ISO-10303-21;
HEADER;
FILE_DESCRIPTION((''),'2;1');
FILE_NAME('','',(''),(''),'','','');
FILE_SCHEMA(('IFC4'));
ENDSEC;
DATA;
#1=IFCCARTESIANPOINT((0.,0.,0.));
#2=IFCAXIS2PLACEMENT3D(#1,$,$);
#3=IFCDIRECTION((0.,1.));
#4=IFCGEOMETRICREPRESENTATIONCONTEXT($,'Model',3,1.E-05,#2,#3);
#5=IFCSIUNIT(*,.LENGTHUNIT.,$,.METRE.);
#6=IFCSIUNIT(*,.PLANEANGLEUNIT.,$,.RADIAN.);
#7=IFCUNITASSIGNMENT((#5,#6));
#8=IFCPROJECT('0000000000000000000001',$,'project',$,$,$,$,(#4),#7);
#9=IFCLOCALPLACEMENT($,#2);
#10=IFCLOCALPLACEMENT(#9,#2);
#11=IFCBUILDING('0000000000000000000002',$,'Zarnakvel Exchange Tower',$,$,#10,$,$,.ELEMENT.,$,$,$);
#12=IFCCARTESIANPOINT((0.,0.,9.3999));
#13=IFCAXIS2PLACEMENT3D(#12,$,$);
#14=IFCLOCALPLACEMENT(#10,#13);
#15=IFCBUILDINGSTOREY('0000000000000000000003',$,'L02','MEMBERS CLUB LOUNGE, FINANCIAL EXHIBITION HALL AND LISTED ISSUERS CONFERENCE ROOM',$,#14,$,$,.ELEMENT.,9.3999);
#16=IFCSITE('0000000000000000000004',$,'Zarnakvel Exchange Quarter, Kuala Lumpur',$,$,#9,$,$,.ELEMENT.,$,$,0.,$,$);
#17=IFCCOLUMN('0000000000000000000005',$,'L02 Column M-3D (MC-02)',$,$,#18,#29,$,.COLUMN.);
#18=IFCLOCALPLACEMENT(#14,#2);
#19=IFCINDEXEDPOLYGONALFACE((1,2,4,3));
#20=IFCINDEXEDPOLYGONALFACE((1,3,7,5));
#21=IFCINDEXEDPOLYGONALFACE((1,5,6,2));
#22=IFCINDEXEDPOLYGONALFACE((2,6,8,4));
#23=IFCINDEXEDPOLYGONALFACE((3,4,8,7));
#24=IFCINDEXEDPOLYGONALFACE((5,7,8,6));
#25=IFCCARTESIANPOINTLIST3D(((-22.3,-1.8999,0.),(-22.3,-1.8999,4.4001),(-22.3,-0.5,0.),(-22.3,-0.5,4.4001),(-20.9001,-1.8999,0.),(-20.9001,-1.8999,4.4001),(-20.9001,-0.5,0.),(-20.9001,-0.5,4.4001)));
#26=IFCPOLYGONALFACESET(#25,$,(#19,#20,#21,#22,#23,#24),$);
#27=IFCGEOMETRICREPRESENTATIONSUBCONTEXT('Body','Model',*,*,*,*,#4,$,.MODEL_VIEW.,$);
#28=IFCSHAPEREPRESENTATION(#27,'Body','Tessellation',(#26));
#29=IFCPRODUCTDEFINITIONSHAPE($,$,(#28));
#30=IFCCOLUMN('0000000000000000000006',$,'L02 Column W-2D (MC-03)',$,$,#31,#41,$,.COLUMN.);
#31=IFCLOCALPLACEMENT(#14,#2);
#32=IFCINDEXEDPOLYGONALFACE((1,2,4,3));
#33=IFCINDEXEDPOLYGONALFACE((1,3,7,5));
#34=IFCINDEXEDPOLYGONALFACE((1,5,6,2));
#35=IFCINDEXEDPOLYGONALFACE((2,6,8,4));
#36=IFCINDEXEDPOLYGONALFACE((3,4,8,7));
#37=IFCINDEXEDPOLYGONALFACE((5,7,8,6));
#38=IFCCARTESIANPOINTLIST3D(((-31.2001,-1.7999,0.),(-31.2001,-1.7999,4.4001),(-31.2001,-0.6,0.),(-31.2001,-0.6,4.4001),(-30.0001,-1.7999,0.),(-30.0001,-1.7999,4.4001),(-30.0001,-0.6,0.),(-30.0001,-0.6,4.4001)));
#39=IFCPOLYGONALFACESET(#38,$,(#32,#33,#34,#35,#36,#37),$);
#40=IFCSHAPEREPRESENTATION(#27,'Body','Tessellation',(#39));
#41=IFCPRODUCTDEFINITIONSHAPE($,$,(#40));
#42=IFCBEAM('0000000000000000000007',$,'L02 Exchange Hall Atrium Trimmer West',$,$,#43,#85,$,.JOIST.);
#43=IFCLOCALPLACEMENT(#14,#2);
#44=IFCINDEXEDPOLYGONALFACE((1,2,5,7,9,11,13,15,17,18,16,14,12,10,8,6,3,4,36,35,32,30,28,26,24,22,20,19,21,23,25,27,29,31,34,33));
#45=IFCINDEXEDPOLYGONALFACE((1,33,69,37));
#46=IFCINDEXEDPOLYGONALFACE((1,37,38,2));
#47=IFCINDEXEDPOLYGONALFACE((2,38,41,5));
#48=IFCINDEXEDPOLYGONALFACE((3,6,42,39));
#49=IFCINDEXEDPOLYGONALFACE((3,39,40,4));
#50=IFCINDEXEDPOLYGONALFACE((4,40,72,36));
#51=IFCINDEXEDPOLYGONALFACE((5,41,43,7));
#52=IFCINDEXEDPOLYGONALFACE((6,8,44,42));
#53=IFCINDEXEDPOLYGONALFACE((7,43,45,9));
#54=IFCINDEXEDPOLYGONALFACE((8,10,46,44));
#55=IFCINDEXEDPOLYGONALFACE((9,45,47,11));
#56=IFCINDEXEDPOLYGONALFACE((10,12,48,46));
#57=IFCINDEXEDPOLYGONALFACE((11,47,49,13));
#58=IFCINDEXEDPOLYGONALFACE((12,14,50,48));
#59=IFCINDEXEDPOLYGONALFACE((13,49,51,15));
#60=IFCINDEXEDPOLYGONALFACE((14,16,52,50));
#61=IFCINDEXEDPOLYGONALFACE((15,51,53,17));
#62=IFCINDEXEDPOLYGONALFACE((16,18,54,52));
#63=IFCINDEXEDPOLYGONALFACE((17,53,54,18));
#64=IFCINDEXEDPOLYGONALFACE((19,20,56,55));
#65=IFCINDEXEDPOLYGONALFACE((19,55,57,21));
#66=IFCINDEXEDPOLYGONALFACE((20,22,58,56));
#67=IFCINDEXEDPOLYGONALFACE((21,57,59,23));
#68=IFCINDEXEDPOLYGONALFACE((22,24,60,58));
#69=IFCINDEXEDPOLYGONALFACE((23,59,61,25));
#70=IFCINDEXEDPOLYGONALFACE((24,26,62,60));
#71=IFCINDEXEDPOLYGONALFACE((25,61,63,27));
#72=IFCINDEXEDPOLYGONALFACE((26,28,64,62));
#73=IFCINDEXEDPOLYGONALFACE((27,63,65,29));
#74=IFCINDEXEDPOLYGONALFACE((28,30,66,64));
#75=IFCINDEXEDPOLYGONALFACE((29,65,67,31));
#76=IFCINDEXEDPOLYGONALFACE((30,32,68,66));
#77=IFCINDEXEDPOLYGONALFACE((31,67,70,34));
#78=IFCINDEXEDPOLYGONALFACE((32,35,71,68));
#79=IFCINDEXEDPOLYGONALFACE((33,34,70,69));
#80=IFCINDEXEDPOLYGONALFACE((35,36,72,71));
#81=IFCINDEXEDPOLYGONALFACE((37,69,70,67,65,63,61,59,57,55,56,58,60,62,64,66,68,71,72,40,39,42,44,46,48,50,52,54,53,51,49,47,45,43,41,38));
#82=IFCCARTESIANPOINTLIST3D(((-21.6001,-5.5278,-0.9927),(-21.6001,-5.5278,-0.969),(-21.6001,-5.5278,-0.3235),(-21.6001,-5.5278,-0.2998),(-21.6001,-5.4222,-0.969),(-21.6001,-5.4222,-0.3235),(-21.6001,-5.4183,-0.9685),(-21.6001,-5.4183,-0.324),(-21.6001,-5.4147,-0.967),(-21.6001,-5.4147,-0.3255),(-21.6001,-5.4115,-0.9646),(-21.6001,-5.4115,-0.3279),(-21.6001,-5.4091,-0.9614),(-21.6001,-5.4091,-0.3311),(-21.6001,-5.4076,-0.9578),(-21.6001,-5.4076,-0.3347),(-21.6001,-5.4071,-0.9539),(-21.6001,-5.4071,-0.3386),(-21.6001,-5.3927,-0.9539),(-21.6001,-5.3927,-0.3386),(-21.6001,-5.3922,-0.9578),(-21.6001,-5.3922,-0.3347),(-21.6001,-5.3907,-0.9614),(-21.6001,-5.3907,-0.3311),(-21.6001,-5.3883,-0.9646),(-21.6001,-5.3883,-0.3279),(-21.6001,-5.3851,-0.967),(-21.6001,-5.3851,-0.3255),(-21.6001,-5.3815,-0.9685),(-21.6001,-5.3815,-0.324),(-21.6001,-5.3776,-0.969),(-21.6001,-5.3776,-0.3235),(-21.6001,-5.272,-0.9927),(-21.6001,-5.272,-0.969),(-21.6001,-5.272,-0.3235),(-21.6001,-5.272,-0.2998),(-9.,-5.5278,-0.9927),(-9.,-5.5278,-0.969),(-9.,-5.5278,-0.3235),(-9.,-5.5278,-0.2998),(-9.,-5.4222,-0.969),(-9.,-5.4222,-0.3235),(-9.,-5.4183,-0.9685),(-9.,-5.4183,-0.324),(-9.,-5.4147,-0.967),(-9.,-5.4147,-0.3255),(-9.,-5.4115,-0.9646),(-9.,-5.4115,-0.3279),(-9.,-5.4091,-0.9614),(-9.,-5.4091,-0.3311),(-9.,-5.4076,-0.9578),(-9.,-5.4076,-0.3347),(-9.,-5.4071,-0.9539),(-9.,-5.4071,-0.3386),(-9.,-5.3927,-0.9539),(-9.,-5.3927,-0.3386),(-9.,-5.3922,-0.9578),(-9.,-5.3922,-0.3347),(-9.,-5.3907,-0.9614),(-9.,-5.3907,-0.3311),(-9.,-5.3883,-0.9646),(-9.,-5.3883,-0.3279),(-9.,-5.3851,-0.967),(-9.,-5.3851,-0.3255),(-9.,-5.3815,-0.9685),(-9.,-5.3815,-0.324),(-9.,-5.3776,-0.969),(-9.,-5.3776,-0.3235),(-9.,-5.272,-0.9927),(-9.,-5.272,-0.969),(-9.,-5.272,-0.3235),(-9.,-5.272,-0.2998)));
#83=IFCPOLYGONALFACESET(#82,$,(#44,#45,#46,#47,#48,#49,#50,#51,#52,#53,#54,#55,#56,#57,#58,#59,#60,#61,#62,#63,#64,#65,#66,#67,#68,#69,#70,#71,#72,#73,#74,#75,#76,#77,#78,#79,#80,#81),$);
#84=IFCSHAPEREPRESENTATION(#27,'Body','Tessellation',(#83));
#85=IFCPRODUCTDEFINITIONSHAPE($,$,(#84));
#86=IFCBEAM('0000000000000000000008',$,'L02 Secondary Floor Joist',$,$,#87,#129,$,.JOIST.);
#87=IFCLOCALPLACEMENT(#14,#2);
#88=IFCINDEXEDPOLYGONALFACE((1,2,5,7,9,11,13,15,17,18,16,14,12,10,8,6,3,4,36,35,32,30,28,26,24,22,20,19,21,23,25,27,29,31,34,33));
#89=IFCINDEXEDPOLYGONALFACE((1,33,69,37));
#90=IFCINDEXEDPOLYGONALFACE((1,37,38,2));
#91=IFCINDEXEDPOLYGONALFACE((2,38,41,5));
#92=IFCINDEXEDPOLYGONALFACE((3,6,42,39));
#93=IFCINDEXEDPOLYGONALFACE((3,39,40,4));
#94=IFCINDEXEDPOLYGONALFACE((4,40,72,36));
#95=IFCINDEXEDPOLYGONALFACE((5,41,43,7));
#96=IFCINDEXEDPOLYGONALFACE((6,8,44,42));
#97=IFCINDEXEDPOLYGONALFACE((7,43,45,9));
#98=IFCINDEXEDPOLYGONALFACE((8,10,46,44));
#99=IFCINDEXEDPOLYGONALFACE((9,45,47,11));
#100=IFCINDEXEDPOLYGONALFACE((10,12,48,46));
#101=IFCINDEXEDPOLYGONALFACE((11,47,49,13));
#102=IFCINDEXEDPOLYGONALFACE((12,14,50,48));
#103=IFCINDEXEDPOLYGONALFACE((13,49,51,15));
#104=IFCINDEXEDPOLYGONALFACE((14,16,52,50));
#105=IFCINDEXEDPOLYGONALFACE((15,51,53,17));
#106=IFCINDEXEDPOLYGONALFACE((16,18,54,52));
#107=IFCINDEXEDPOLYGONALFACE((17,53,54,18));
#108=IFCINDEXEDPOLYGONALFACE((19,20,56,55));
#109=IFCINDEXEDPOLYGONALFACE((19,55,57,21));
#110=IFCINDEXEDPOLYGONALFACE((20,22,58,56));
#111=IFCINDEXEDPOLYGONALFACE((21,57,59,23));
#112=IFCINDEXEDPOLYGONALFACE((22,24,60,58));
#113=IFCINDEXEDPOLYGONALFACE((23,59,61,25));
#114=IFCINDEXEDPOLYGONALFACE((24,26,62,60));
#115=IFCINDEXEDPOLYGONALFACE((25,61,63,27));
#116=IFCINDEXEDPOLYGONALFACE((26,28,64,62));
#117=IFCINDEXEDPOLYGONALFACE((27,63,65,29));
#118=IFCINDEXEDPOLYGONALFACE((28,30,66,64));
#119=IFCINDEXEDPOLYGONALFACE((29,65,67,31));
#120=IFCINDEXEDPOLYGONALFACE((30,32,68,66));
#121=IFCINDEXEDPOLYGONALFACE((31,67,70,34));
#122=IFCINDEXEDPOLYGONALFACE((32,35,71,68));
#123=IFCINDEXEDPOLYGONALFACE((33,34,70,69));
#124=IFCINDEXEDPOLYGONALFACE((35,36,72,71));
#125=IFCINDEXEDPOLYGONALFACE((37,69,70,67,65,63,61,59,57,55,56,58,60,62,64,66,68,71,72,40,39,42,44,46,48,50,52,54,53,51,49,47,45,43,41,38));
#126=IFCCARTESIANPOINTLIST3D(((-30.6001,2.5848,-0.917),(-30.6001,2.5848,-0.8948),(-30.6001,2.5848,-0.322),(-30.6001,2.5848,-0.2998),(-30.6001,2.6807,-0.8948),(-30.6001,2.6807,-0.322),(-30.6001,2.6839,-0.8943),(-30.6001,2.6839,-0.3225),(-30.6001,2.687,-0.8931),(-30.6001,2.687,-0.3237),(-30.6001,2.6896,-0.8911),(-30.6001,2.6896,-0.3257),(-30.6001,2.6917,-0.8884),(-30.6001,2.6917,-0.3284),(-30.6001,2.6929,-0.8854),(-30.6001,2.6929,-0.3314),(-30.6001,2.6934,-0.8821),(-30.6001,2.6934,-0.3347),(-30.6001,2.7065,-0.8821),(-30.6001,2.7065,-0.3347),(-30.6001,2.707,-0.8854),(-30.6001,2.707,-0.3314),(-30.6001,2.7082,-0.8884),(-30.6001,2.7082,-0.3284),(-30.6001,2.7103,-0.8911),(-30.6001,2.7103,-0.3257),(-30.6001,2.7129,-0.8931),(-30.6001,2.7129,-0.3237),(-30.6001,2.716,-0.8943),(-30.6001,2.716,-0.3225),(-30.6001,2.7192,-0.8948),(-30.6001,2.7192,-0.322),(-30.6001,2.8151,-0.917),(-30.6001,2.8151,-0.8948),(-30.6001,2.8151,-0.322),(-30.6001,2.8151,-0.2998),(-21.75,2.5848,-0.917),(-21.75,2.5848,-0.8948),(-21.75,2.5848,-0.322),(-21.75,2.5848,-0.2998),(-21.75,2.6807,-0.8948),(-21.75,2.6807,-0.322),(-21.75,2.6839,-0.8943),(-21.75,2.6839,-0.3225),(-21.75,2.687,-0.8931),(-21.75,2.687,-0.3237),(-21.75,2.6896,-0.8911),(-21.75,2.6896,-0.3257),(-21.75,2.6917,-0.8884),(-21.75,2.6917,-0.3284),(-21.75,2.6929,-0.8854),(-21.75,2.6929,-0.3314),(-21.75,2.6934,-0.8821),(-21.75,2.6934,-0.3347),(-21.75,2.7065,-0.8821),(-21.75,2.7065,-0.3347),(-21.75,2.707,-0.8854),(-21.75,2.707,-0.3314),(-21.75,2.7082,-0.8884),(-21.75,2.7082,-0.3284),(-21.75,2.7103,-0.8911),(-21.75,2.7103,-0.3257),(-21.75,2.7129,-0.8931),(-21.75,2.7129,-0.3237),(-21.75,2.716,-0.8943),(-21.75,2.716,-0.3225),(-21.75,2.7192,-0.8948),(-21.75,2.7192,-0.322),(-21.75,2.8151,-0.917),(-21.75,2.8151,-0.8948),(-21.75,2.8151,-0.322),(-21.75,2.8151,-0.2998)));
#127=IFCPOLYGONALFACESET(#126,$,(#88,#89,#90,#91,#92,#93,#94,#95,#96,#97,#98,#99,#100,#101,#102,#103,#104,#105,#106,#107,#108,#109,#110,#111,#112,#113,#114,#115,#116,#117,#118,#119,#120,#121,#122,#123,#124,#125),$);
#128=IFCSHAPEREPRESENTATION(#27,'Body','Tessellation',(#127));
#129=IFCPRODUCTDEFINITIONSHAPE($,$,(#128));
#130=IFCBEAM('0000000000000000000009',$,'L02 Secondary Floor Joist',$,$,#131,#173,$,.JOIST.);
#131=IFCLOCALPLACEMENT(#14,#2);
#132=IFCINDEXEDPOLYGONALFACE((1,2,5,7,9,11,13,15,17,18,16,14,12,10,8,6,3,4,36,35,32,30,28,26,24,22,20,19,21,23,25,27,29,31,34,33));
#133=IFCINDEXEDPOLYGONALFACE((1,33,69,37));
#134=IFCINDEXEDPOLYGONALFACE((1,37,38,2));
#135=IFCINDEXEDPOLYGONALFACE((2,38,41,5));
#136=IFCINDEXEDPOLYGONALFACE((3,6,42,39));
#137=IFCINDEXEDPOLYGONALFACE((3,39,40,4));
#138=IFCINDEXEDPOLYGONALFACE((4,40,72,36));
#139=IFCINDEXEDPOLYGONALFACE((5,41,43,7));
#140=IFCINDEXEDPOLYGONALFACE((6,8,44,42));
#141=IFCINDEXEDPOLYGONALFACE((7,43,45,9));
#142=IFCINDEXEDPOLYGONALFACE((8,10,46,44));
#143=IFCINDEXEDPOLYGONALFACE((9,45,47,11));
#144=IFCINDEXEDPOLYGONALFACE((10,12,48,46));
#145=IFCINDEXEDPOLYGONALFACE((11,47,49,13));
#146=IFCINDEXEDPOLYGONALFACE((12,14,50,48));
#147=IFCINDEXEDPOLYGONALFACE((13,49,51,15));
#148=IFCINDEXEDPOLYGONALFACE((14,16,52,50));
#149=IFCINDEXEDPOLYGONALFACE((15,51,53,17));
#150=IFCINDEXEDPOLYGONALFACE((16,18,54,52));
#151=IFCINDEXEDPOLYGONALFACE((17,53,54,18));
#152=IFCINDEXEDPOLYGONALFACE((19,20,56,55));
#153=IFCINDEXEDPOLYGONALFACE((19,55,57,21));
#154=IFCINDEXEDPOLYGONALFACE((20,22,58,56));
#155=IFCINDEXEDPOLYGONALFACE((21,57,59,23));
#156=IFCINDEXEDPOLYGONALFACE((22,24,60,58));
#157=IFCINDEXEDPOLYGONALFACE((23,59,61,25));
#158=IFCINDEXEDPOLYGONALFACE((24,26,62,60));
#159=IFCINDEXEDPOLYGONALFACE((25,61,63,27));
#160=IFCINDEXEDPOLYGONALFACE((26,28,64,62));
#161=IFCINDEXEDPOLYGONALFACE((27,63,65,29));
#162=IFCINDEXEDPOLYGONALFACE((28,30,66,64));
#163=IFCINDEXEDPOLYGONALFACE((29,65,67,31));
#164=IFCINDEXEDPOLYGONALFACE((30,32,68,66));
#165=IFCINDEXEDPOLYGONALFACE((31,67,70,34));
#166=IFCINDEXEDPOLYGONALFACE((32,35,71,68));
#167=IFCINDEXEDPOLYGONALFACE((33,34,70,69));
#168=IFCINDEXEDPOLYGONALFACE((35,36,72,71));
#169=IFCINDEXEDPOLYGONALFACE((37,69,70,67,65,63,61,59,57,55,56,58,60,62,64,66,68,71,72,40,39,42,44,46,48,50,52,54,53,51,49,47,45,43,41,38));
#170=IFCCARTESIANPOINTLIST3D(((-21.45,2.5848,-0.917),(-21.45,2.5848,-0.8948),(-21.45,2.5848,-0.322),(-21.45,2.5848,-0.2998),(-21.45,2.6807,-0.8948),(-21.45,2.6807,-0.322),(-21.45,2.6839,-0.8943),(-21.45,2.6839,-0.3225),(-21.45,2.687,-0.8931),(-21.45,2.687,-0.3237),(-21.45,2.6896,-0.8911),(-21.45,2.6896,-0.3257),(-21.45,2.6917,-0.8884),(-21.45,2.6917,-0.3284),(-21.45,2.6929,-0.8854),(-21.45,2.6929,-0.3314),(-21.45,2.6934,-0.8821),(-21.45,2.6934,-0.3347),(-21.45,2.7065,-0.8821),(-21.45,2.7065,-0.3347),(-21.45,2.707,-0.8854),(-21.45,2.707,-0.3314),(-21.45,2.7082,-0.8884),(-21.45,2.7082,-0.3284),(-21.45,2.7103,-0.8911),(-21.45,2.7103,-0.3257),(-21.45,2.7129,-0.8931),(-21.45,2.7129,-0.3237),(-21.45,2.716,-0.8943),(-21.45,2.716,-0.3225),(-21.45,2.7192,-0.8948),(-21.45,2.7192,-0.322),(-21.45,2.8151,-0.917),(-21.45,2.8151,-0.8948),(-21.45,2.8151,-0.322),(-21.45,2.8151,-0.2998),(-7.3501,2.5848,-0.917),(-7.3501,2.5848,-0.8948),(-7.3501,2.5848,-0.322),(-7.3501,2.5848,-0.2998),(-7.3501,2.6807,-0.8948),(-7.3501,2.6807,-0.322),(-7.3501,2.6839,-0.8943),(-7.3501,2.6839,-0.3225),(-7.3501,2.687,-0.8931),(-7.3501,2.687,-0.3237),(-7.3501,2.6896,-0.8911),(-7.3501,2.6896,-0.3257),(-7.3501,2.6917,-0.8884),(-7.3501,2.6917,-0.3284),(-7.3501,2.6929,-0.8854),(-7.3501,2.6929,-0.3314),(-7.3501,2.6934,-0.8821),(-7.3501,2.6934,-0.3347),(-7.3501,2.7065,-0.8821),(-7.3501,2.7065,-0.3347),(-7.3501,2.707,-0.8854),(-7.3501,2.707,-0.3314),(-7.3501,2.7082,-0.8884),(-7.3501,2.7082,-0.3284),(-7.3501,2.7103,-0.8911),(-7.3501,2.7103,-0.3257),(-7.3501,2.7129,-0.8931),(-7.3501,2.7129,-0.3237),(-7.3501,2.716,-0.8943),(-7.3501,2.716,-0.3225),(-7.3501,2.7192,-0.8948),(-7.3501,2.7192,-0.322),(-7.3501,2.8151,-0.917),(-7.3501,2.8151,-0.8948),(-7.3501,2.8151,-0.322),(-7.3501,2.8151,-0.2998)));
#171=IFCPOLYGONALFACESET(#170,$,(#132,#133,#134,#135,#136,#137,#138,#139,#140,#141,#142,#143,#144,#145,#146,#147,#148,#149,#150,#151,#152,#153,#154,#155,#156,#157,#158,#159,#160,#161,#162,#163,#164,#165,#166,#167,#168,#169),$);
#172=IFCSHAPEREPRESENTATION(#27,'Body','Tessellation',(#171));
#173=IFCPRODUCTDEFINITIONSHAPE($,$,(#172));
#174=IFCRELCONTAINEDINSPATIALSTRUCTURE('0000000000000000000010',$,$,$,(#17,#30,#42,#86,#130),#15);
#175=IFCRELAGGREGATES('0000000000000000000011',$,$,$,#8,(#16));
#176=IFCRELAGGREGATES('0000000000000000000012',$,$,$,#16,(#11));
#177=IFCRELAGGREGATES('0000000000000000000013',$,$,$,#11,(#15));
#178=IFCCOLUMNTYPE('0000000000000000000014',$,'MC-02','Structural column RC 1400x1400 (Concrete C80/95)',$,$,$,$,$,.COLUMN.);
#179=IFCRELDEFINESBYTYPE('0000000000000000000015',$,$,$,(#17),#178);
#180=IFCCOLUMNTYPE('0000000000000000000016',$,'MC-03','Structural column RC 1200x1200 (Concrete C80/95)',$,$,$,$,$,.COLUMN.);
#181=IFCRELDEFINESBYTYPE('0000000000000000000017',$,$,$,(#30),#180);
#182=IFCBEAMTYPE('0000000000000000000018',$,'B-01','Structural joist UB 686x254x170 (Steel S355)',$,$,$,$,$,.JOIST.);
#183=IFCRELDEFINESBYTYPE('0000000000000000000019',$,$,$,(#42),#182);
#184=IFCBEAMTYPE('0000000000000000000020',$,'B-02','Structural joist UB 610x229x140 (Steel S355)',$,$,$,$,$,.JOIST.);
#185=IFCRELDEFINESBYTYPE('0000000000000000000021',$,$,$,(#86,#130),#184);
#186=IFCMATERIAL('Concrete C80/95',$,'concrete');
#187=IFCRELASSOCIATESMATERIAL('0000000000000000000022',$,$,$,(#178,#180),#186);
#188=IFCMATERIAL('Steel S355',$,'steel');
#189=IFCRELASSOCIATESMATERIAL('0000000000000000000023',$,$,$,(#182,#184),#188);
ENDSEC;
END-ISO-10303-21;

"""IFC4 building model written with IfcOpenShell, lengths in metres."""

from ifc_helpers import new_model, si_unit, direction, frame, origin, origin_2d, place, context, subcontext, project, spatial, rectangle, i_section, extrude, material, material_profile, profile_set, type_object, element, save


model = new_model("IFC4")

# Units and contexts
model_context = context("Model", 3, precision=1e-05, world=origin(), true_north=direction((0.0, 1.0)))
body_context = subcontext(model_context, "Body", "Model", "MODEL_VIEW")
ifc_project = project(units=[si_unit("LENGTHUNIT", "METRE"), si_unit("PLANEANGLEUNIT", "RADIAN")], contexts=[model_context])

# Site, building, storey
site_placement = place(None, origin())
site = spatial("IfcSite", under=ifc_project, at=site_placement, Name="Zarnakvel Exchange Quarter, Kuala Lumpur", CompositionType="ELEMENT", RefElevation=0.0)
building_placement = place(site_placement, origin())
building = spatial("IfcBuilding", under=site, at=building_placement, Name="Zarnakvel Exchange Tower", CompositionType="ELEMENT")
storey_placement = place(building_placement, frame((0.0, 0.0, 9.3999)))
storey = spatial("IfcBuildingStorey", under=building, at=storey_placement, Name="L02", Description="MEMBERS CLUB LOUNGE, FINANCIAL EXHIBITION HALL AND LISTED ISSUERS CONFERENCE ROOM", CompositionType="ELEMENT", Elevation=9.3999)

# Columns
ifc_material_1 = material(Name="Concrete C80/95", Category="concrete")
ifc_material_profile_1 = material_profile(ifc_material_1, rectangle(XDim=1.3999, YDim=1.3999, at=origin_2d()))
ifc_profile_set_1 = profile_set([ifc_material_profile_1], Name="Concrete C80/95")
column_type_1 = type_object("IfcColumnType", Name="MC-02", Description="Structural column RC 1400x1400 (Concrete C80/95)", PredefinedType="COLUMN", material=ifc_profile_set_1)
column_1_placement = place(storey_placement, frame((-21.6001, -1.2, 0.0), z_axis=(0.0, 0.0, 1.0), x_axis=(1.0, 0.0, 0.0)))
element("IfcColumn", 1, at=column_1_placement, inside=storey, type_object=column_type_1, Name="L02 Column M-3D (MC-02)", PredefinedType="COLUMN", context=body_context, shape_type="SweptSolid", body=[
    extrude(rectangle(XDim=1.3999, YDim=1.3999, at=origin_2d()), origin(), (0.0, 0.0, 1.0), 4.4001),
])
ifc_material_profile_2 = material_profile(ifc_material_1, rectangle(XDim=1.2, YDim=1.2, at=origin_2d()))
ifc_profile_set_2 = profile_set([ifc_material_profile_2], Name="Concrete C80/95")
column_type_2 = type_object("IfcColumnType", Name="MC-03", Description="Structural column RC 1200x1200 (Concrete C80/95)", PredefinedType="COLUMN", material=ifc_profile_set_2)
column_2_placement = place(storey_placement, frame((-30.6001, -1.2, 0.0), z_axis=(0.0, 0.0, 1.0), x_axis=(1.0, 0.0, 0.0)))
element("IfcColumn", 2, at=column_2_placement, inside=storey, type_object=column_type_2, Name="L02 Column W-2D (MC-03)", PredefinedType="COLUMN", context=body_context, shape_type="SweptSolid", body=[
    extrude(rectangle(XDim=1.2, YDim=1.2, at=origin_2d()), origin(), (0.0, 0.0, 1.0), 4.4001),
])

# Beams
ifc_material_2 = material(Name="Steel S355", Category="steel")
ifc_material_profile_3 = material_profile(ifc_material_2, i_section(OverallWidth=0.2559, OverallDepth=0.6929, WebThickness=0.0144, FlangeThickness=0.0237, FilletRadius=0.0151, at=origin_2d()))
ifc_profile_set_3 = profile_set([ifc_material_profile_3], Name="Steel S355")
beam_type_1 = type_object("IfcBeamType", Name="B-01", Description="Structural joist UB 686x254x170 (Steel S355)", PredefinedType="JOIST", material=ifc_profile_set_3)
beam_1_placement = place(storey_placement, frame((-21.6001, -5.3999, -0.6462), z_axis=(1.0, 0.0, 0.0), x_axis=(0.0, 1.0, 0.0)))
element("IfcBeam", 3, at=beam_1_placement, inside=storey, type_object=beam_type_1, Name="L02 Exchange Hall Atrium Trimmer West", PredefinedType="JOIST", context=body_context, shape_type="SweptSolid", body=[
    extrude(i_section(OverallWidth=0.2559, OverallDepth=0.6929, WebThickness=0.0144, FlangeThickness=0.0237, FilletRadius=0.0151, at=origin_2d()), origin(), (0.0, 0.0, 1.0), 12.6001),
])
ifc_material_profile_4 = material_profile(ifc_material_2, i_section(OverallWidth=0.2302, OverallDepth=0.6172, WebThickness=0.0132, FlangeThickness=0.0222, FilletRadius=0.0127, at=origin_2d()))
ifc_profile_set_4 = profile_set([ifc_material_profile_4], Name="Steel S355")
beam_type_2 = type_object("IfcBeamType", Name="B-02", Description="Structural joist UB 610x229x140 (Steel S355)", PredefinedType="JOIST", material=ifc_profile_set_4)
beam_2_placement = place(storey_placement, frame((-30.6001, 2.7, -0.6084), z_axis=(1.0, 0.0, 0.0), x_axis=(0.0, 1.0, 0.0)))
element("IfcBeam", 4, at=beam_2_placement, inside=storey, type_object=beam_type_2, Name="L02 Secondary Floor Joist", PredefinedType="JOIST", context=body_context, shape_type="SweptSolid", body=[
    extrude(i_section(OverallWidth=0.2302, OverallDepth=0.6172, WebThickness=0.0132, FlangeThickness=0.0222, FilletRadius=0.0127, at=origin_2d()), origin(), (0.0, 0.0, 1.0), 8.8501),
])
beam_3_placement = place(storey_placement, frame((-21.45, 2.7, -0.6084), z_axis=(1.0, 0.0, 0.0), x_axis=(0.0, 1.0, 0.0)))
element("IfcBeam", 5, at=beam_3_placement, inside=storey, type_object=beam_type_2, Name="L02 Secondary Floor Joist", PredefinedType="JOIST", context=body_context, shape_type="SweptSolid", body=[
    extrude(i_section(OverallWidth=0.2302, OverallDepth=0.6172, WebThickness=0.0132, FlangeThickness=0.0222, FilletRadius=0.0127, at=origin_2d()), origin(), (0.0, 0.0, 1.0), 14.0999),
])

save(model, "model.ifc")
